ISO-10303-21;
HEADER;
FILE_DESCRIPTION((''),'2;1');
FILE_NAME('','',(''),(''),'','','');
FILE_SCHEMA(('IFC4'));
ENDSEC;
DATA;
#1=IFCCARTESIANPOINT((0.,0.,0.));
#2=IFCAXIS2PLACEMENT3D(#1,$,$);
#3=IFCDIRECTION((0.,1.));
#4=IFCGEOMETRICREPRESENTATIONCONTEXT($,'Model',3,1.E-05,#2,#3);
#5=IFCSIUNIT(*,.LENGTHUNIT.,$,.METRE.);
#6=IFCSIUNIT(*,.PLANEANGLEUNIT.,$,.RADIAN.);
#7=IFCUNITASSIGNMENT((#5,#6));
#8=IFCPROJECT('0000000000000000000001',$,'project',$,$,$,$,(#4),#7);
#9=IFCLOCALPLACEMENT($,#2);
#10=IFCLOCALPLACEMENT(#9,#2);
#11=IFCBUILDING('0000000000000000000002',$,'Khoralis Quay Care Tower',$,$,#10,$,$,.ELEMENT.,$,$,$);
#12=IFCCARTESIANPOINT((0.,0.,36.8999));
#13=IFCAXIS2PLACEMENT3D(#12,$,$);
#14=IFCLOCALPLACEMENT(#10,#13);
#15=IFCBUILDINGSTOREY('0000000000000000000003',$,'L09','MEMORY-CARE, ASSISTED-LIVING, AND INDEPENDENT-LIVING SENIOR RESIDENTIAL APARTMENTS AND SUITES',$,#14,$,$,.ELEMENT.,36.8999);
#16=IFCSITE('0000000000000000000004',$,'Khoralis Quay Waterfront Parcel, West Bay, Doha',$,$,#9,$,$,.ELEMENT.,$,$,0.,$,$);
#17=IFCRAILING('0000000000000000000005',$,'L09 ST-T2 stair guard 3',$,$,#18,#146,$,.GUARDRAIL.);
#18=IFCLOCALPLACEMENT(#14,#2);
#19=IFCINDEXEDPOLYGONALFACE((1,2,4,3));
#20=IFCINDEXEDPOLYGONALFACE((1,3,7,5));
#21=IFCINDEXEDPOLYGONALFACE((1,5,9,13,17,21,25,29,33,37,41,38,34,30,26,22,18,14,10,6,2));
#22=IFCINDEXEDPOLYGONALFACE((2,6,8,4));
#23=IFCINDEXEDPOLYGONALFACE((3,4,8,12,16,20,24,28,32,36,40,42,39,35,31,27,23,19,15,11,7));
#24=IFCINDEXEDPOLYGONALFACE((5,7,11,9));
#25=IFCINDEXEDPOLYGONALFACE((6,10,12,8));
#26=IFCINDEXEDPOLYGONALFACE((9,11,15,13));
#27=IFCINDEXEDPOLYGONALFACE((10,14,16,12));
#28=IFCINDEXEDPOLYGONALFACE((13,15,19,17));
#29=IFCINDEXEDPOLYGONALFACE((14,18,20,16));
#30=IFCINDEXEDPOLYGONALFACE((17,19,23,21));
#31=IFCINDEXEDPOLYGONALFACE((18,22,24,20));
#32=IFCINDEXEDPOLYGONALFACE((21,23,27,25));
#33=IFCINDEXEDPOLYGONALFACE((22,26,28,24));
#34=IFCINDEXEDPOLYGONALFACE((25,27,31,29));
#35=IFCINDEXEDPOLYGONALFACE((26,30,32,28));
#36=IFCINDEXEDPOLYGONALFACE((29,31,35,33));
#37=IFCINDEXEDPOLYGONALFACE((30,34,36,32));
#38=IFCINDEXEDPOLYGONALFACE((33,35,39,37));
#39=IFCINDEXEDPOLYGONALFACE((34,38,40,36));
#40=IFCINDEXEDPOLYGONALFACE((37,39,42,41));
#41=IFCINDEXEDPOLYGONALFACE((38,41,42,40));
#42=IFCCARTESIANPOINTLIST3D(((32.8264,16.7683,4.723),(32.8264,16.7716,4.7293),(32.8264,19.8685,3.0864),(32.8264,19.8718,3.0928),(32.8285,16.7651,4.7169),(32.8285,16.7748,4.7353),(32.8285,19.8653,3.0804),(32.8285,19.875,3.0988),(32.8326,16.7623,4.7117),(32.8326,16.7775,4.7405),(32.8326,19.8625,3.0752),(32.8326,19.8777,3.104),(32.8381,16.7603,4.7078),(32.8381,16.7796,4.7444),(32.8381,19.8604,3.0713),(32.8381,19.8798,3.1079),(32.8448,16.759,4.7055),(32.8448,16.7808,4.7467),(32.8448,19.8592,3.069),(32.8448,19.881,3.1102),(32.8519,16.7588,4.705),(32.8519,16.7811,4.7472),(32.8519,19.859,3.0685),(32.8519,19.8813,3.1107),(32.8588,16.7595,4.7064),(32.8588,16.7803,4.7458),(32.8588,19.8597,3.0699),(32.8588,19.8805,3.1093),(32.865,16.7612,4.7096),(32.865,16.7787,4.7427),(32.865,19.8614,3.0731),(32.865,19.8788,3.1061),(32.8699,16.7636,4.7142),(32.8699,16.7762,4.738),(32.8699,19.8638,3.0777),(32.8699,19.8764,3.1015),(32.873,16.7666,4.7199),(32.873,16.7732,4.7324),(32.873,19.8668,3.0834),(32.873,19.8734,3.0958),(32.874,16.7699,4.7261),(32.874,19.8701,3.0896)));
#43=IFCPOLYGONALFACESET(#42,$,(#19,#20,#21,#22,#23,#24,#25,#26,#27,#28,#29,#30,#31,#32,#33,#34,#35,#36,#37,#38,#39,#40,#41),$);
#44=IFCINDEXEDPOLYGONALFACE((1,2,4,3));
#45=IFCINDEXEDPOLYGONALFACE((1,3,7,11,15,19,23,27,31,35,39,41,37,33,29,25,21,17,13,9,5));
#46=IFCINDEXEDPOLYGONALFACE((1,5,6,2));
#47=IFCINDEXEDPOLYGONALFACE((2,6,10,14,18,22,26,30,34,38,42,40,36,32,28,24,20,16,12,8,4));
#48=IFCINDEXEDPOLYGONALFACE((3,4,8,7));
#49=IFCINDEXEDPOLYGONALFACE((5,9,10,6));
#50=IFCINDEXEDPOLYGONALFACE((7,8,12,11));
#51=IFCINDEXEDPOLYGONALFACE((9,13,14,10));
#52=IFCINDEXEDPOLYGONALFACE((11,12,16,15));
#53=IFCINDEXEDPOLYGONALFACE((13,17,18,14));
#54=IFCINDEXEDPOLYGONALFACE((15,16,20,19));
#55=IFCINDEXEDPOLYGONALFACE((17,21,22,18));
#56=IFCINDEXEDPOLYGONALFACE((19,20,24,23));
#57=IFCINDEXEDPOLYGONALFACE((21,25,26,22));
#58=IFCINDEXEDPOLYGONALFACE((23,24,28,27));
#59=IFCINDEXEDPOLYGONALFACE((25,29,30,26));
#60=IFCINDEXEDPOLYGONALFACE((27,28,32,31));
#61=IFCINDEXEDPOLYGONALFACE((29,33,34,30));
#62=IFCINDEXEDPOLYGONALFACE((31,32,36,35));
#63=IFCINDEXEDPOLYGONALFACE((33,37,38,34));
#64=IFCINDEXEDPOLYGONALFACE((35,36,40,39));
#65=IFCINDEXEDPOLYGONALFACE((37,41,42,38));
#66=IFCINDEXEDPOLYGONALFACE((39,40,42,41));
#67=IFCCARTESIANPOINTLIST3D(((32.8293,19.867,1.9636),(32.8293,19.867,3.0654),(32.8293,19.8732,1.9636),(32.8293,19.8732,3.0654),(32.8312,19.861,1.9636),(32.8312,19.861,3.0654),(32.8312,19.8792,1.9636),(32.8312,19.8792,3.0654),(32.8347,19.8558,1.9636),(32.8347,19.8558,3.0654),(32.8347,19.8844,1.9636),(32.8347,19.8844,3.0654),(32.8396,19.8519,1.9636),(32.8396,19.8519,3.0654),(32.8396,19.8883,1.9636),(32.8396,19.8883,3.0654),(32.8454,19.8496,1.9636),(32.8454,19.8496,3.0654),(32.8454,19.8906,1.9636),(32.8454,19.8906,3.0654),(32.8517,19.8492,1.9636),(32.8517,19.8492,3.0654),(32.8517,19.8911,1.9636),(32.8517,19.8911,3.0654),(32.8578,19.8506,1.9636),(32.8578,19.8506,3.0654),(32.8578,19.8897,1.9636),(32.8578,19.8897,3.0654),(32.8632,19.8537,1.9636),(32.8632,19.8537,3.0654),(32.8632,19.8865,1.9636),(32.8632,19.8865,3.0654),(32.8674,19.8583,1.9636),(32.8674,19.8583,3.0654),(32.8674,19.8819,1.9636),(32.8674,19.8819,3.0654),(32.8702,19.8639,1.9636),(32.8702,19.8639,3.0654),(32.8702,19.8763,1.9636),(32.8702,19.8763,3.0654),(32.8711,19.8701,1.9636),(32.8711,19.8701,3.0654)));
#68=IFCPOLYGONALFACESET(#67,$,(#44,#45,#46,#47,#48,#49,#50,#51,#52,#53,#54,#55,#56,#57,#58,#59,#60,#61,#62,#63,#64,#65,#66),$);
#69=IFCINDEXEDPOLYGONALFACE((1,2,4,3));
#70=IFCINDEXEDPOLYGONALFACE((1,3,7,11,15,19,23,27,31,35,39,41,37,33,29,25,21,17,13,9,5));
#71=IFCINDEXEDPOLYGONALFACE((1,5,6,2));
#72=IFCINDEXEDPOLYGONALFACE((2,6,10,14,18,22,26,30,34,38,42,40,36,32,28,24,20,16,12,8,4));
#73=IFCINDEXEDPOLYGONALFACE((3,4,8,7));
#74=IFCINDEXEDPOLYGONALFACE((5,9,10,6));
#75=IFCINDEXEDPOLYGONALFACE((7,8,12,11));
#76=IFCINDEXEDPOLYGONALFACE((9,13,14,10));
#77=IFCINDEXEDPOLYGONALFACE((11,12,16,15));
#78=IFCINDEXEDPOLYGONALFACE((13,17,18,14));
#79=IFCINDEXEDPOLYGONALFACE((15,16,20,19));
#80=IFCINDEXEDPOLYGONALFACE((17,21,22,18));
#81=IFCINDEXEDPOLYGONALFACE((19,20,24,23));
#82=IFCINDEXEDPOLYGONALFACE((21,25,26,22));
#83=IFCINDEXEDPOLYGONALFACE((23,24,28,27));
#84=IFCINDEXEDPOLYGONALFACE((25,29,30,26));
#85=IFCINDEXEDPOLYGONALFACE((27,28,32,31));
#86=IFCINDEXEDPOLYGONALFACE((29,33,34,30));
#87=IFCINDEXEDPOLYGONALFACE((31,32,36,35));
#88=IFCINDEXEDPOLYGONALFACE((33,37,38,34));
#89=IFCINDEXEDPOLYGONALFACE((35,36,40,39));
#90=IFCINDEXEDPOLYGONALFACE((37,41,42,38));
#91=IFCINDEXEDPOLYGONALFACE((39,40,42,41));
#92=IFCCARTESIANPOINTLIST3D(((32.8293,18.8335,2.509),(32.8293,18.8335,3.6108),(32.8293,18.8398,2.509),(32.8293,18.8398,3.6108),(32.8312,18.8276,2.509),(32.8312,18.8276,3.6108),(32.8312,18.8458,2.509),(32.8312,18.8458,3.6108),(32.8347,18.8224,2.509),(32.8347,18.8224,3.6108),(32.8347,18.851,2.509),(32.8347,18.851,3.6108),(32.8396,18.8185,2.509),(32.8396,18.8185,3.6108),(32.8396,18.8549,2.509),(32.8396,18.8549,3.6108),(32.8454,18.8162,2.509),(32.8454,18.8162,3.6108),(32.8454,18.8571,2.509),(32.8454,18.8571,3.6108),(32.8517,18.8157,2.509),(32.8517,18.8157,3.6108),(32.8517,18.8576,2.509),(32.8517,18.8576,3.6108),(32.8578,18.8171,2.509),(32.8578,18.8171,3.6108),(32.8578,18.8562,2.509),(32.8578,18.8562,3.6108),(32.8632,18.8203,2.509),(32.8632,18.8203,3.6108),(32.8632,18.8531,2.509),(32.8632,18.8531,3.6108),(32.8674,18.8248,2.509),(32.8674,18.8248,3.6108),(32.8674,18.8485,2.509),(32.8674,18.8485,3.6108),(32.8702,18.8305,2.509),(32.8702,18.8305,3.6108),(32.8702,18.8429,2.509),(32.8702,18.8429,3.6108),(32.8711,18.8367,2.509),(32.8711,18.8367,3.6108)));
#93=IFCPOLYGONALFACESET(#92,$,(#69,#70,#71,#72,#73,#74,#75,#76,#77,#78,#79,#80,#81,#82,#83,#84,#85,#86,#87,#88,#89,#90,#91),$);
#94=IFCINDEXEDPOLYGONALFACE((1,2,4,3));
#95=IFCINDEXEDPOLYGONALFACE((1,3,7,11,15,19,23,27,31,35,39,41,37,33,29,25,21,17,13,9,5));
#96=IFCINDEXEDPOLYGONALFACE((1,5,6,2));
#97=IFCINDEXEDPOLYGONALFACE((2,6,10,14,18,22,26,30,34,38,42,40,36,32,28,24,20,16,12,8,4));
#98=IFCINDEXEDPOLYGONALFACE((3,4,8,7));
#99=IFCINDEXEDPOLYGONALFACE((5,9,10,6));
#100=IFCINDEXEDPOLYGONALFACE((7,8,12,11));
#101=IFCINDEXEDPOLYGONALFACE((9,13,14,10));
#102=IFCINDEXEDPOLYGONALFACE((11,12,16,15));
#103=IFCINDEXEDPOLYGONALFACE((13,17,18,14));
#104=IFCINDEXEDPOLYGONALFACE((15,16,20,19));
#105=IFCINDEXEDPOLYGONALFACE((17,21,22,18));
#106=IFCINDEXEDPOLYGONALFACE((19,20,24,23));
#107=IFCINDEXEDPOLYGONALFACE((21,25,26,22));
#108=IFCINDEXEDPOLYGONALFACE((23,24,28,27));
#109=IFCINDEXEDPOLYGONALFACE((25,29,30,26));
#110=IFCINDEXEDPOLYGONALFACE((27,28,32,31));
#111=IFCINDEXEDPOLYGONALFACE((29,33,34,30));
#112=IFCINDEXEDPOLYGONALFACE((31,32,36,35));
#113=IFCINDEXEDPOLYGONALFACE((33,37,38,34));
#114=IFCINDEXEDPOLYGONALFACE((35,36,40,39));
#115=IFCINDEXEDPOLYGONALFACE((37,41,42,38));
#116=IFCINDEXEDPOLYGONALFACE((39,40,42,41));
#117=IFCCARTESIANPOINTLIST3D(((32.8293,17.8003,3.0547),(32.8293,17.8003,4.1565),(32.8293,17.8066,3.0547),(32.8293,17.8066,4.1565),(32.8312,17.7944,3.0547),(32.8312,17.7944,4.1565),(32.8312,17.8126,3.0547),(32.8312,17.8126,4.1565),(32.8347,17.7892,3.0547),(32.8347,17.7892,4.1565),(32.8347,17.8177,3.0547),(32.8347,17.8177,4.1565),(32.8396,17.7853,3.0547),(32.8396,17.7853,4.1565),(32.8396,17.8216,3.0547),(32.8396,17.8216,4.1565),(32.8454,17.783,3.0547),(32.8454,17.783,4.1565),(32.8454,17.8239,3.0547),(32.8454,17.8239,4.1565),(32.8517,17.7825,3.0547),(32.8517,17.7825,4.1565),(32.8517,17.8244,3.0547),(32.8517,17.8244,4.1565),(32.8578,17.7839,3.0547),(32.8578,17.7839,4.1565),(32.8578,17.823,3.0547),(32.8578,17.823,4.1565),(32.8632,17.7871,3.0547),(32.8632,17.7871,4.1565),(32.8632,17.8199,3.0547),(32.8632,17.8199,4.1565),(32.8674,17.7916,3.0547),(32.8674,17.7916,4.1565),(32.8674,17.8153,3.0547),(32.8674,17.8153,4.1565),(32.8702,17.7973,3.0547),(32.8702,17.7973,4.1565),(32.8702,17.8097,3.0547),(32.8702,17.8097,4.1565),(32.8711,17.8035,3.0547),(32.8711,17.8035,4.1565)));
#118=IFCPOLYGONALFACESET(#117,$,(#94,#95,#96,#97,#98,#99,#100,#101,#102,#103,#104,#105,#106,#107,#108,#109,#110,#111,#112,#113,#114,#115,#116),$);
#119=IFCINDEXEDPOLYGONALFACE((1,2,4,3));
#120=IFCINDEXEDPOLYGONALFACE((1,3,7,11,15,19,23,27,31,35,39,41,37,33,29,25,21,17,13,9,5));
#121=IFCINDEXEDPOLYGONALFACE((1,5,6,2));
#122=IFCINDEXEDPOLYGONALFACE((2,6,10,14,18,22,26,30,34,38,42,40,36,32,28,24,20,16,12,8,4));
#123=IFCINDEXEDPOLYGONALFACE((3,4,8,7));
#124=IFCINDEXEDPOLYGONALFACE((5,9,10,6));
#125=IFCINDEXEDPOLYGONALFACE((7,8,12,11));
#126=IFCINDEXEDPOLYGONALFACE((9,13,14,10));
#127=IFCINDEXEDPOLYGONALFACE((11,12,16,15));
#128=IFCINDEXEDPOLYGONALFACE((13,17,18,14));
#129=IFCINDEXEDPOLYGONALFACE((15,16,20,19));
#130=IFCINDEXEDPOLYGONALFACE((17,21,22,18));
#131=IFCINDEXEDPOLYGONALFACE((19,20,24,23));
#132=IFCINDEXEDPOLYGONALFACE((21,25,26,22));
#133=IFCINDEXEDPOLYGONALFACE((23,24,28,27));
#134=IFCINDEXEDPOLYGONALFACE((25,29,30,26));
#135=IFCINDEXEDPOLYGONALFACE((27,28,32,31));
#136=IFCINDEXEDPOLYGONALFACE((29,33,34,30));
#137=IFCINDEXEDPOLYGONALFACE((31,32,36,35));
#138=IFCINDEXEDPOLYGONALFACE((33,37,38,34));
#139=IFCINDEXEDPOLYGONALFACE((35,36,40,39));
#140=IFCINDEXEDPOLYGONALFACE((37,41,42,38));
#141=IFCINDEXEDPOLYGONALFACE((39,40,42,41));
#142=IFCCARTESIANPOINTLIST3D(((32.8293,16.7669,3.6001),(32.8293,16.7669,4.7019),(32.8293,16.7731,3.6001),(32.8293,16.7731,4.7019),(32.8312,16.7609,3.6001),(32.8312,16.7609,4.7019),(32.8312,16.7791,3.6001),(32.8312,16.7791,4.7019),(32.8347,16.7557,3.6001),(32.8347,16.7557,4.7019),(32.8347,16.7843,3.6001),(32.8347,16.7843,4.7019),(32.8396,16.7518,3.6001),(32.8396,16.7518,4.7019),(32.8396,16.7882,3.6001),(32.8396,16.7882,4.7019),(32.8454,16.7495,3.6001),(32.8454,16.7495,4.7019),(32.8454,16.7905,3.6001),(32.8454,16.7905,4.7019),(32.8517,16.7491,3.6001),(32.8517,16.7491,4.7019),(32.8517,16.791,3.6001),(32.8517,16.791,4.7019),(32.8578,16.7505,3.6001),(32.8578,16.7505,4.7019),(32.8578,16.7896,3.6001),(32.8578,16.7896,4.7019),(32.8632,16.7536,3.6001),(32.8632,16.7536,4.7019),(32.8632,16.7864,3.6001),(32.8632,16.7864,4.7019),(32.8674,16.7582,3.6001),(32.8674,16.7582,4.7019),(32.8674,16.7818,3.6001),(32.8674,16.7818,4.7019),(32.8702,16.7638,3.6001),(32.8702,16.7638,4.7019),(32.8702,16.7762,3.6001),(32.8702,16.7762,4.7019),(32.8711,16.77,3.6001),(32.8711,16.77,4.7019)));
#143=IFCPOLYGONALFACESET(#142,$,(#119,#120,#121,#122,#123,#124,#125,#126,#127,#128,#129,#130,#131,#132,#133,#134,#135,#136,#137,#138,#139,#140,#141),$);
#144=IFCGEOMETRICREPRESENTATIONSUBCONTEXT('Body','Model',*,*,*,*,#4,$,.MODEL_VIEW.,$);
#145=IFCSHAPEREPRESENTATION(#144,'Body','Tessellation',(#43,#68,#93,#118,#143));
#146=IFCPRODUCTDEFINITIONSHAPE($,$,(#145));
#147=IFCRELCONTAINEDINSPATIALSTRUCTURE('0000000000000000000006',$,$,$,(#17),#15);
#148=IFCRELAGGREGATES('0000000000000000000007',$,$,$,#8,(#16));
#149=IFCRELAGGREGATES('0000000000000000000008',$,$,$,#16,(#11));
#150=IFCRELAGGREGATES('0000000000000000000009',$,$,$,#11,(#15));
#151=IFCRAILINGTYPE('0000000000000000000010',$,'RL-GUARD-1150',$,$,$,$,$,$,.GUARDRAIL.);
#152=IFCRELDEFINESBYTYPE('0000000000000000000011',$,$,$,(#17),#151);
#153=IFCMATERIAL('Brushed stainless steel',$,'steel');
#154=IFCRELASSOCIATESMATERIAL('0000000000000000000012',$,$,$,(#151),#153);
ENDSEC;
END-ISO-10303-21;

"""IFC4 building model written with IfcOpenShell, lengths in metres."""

from ifc_helpers import new_model, si_unit, direction, frame, origin, origin_2d, place, context, subcontext, project, spatial, circle, extrude, material, type_object, element, save


model = new_model("IFC4")

# Units and contexts
model_context = context("Model", 3, precision=1e-05, world=origin(), true_north=direction((0.0, 1.0)))
body_context = subcontext(model_context, "Body", "Model", "MODEL_VIEW")
ifc_project = project(units=[si_unit("LENGTHUNIT", "METRE"), si_unit("PLANEANGLEUNIT", "RADIAN")], contexts=[model_context])

# Site, building, storey
site_placement = place(None, origin())
site = spatial("IfcSite", under=ifc_project, at=site_placement, Name="Khoralis Quay Waterfront Parcel, West Bay, Doha", CompositionType="ELEMENT", RefElevation=0.0)
building_placement = place(site_placement, origin())
building = spatial("IfcBuilding", under=site, at=building_placement, Name="Khoralis Quay Care Tower", CompositionType="ELEMENT")
storey_placement = place(building_placement, frame((0.0, 0.0, 36.8999)))
storey = spatial("IfcBuildingStorey", under=building, at=storey_placement, Name="L09", Description="MEMORY-CARE, ASSISTED-LIVING, AND INDEPENDENT-LIVING SENIOR RESIDENTIAL APARTMENTS AND SUITES", CompositionType="ELEMENT", Elevation=36.8999)

# Shared definitions
ifc_material_1 = material(Name="Brushed stainless steel", Category="steel")

# Railing
railing_type_1 = type_object("IfcRailingType", Name="RL-GUARD-1150", PredefinedType="GUARDRAIL", material=ifc_material_1)
railing_1_placement = place(storey_placement, frame((32.8501, 19.8701, 1.9636)))
element("IfcRailing", 1, at=railing_1_placement, inside=storey, type_object=railing_type_1, Name="L09 ST-T2 stair guard 3", PredefinedType="GUARDRAIL", context=body_context, shape_type="SweptSolid", body=[
    extrude(circle(Radius=0.0239, at=origin_2d()), frame((0.0, 0.0, 1.126), z_axis=(0.0, -0.884348, 0.466828), x_axis=(1.0, 0.0, 0.0)), (0.0, 0.0, 1.0), 3.5056),
    extrude(circle(Radius=0.021, at=origin_2d()), origin(), (0.0, 0.0, 1.0), 1.1018),
    extrude(circle(Radius=0.021, at=origin_2d()), frame((0.0, -1.0334, 0.5454)), (0.0, 0.0, 1.0), 1.1018),
    extrude(circle(Radius=0.021, at=origin_2d()), frame((0.0, -2.0667, 1.0911)), (0.0, 0.0, 1.0), 1.1018),
    extrude(circle(Radius=0.021, at=origin_2d()), frame((0.0, -3.1001, 1.6365)), (0.0, 0.0, 1.0), 1.1018),
])

save(model, "model.ifc")
